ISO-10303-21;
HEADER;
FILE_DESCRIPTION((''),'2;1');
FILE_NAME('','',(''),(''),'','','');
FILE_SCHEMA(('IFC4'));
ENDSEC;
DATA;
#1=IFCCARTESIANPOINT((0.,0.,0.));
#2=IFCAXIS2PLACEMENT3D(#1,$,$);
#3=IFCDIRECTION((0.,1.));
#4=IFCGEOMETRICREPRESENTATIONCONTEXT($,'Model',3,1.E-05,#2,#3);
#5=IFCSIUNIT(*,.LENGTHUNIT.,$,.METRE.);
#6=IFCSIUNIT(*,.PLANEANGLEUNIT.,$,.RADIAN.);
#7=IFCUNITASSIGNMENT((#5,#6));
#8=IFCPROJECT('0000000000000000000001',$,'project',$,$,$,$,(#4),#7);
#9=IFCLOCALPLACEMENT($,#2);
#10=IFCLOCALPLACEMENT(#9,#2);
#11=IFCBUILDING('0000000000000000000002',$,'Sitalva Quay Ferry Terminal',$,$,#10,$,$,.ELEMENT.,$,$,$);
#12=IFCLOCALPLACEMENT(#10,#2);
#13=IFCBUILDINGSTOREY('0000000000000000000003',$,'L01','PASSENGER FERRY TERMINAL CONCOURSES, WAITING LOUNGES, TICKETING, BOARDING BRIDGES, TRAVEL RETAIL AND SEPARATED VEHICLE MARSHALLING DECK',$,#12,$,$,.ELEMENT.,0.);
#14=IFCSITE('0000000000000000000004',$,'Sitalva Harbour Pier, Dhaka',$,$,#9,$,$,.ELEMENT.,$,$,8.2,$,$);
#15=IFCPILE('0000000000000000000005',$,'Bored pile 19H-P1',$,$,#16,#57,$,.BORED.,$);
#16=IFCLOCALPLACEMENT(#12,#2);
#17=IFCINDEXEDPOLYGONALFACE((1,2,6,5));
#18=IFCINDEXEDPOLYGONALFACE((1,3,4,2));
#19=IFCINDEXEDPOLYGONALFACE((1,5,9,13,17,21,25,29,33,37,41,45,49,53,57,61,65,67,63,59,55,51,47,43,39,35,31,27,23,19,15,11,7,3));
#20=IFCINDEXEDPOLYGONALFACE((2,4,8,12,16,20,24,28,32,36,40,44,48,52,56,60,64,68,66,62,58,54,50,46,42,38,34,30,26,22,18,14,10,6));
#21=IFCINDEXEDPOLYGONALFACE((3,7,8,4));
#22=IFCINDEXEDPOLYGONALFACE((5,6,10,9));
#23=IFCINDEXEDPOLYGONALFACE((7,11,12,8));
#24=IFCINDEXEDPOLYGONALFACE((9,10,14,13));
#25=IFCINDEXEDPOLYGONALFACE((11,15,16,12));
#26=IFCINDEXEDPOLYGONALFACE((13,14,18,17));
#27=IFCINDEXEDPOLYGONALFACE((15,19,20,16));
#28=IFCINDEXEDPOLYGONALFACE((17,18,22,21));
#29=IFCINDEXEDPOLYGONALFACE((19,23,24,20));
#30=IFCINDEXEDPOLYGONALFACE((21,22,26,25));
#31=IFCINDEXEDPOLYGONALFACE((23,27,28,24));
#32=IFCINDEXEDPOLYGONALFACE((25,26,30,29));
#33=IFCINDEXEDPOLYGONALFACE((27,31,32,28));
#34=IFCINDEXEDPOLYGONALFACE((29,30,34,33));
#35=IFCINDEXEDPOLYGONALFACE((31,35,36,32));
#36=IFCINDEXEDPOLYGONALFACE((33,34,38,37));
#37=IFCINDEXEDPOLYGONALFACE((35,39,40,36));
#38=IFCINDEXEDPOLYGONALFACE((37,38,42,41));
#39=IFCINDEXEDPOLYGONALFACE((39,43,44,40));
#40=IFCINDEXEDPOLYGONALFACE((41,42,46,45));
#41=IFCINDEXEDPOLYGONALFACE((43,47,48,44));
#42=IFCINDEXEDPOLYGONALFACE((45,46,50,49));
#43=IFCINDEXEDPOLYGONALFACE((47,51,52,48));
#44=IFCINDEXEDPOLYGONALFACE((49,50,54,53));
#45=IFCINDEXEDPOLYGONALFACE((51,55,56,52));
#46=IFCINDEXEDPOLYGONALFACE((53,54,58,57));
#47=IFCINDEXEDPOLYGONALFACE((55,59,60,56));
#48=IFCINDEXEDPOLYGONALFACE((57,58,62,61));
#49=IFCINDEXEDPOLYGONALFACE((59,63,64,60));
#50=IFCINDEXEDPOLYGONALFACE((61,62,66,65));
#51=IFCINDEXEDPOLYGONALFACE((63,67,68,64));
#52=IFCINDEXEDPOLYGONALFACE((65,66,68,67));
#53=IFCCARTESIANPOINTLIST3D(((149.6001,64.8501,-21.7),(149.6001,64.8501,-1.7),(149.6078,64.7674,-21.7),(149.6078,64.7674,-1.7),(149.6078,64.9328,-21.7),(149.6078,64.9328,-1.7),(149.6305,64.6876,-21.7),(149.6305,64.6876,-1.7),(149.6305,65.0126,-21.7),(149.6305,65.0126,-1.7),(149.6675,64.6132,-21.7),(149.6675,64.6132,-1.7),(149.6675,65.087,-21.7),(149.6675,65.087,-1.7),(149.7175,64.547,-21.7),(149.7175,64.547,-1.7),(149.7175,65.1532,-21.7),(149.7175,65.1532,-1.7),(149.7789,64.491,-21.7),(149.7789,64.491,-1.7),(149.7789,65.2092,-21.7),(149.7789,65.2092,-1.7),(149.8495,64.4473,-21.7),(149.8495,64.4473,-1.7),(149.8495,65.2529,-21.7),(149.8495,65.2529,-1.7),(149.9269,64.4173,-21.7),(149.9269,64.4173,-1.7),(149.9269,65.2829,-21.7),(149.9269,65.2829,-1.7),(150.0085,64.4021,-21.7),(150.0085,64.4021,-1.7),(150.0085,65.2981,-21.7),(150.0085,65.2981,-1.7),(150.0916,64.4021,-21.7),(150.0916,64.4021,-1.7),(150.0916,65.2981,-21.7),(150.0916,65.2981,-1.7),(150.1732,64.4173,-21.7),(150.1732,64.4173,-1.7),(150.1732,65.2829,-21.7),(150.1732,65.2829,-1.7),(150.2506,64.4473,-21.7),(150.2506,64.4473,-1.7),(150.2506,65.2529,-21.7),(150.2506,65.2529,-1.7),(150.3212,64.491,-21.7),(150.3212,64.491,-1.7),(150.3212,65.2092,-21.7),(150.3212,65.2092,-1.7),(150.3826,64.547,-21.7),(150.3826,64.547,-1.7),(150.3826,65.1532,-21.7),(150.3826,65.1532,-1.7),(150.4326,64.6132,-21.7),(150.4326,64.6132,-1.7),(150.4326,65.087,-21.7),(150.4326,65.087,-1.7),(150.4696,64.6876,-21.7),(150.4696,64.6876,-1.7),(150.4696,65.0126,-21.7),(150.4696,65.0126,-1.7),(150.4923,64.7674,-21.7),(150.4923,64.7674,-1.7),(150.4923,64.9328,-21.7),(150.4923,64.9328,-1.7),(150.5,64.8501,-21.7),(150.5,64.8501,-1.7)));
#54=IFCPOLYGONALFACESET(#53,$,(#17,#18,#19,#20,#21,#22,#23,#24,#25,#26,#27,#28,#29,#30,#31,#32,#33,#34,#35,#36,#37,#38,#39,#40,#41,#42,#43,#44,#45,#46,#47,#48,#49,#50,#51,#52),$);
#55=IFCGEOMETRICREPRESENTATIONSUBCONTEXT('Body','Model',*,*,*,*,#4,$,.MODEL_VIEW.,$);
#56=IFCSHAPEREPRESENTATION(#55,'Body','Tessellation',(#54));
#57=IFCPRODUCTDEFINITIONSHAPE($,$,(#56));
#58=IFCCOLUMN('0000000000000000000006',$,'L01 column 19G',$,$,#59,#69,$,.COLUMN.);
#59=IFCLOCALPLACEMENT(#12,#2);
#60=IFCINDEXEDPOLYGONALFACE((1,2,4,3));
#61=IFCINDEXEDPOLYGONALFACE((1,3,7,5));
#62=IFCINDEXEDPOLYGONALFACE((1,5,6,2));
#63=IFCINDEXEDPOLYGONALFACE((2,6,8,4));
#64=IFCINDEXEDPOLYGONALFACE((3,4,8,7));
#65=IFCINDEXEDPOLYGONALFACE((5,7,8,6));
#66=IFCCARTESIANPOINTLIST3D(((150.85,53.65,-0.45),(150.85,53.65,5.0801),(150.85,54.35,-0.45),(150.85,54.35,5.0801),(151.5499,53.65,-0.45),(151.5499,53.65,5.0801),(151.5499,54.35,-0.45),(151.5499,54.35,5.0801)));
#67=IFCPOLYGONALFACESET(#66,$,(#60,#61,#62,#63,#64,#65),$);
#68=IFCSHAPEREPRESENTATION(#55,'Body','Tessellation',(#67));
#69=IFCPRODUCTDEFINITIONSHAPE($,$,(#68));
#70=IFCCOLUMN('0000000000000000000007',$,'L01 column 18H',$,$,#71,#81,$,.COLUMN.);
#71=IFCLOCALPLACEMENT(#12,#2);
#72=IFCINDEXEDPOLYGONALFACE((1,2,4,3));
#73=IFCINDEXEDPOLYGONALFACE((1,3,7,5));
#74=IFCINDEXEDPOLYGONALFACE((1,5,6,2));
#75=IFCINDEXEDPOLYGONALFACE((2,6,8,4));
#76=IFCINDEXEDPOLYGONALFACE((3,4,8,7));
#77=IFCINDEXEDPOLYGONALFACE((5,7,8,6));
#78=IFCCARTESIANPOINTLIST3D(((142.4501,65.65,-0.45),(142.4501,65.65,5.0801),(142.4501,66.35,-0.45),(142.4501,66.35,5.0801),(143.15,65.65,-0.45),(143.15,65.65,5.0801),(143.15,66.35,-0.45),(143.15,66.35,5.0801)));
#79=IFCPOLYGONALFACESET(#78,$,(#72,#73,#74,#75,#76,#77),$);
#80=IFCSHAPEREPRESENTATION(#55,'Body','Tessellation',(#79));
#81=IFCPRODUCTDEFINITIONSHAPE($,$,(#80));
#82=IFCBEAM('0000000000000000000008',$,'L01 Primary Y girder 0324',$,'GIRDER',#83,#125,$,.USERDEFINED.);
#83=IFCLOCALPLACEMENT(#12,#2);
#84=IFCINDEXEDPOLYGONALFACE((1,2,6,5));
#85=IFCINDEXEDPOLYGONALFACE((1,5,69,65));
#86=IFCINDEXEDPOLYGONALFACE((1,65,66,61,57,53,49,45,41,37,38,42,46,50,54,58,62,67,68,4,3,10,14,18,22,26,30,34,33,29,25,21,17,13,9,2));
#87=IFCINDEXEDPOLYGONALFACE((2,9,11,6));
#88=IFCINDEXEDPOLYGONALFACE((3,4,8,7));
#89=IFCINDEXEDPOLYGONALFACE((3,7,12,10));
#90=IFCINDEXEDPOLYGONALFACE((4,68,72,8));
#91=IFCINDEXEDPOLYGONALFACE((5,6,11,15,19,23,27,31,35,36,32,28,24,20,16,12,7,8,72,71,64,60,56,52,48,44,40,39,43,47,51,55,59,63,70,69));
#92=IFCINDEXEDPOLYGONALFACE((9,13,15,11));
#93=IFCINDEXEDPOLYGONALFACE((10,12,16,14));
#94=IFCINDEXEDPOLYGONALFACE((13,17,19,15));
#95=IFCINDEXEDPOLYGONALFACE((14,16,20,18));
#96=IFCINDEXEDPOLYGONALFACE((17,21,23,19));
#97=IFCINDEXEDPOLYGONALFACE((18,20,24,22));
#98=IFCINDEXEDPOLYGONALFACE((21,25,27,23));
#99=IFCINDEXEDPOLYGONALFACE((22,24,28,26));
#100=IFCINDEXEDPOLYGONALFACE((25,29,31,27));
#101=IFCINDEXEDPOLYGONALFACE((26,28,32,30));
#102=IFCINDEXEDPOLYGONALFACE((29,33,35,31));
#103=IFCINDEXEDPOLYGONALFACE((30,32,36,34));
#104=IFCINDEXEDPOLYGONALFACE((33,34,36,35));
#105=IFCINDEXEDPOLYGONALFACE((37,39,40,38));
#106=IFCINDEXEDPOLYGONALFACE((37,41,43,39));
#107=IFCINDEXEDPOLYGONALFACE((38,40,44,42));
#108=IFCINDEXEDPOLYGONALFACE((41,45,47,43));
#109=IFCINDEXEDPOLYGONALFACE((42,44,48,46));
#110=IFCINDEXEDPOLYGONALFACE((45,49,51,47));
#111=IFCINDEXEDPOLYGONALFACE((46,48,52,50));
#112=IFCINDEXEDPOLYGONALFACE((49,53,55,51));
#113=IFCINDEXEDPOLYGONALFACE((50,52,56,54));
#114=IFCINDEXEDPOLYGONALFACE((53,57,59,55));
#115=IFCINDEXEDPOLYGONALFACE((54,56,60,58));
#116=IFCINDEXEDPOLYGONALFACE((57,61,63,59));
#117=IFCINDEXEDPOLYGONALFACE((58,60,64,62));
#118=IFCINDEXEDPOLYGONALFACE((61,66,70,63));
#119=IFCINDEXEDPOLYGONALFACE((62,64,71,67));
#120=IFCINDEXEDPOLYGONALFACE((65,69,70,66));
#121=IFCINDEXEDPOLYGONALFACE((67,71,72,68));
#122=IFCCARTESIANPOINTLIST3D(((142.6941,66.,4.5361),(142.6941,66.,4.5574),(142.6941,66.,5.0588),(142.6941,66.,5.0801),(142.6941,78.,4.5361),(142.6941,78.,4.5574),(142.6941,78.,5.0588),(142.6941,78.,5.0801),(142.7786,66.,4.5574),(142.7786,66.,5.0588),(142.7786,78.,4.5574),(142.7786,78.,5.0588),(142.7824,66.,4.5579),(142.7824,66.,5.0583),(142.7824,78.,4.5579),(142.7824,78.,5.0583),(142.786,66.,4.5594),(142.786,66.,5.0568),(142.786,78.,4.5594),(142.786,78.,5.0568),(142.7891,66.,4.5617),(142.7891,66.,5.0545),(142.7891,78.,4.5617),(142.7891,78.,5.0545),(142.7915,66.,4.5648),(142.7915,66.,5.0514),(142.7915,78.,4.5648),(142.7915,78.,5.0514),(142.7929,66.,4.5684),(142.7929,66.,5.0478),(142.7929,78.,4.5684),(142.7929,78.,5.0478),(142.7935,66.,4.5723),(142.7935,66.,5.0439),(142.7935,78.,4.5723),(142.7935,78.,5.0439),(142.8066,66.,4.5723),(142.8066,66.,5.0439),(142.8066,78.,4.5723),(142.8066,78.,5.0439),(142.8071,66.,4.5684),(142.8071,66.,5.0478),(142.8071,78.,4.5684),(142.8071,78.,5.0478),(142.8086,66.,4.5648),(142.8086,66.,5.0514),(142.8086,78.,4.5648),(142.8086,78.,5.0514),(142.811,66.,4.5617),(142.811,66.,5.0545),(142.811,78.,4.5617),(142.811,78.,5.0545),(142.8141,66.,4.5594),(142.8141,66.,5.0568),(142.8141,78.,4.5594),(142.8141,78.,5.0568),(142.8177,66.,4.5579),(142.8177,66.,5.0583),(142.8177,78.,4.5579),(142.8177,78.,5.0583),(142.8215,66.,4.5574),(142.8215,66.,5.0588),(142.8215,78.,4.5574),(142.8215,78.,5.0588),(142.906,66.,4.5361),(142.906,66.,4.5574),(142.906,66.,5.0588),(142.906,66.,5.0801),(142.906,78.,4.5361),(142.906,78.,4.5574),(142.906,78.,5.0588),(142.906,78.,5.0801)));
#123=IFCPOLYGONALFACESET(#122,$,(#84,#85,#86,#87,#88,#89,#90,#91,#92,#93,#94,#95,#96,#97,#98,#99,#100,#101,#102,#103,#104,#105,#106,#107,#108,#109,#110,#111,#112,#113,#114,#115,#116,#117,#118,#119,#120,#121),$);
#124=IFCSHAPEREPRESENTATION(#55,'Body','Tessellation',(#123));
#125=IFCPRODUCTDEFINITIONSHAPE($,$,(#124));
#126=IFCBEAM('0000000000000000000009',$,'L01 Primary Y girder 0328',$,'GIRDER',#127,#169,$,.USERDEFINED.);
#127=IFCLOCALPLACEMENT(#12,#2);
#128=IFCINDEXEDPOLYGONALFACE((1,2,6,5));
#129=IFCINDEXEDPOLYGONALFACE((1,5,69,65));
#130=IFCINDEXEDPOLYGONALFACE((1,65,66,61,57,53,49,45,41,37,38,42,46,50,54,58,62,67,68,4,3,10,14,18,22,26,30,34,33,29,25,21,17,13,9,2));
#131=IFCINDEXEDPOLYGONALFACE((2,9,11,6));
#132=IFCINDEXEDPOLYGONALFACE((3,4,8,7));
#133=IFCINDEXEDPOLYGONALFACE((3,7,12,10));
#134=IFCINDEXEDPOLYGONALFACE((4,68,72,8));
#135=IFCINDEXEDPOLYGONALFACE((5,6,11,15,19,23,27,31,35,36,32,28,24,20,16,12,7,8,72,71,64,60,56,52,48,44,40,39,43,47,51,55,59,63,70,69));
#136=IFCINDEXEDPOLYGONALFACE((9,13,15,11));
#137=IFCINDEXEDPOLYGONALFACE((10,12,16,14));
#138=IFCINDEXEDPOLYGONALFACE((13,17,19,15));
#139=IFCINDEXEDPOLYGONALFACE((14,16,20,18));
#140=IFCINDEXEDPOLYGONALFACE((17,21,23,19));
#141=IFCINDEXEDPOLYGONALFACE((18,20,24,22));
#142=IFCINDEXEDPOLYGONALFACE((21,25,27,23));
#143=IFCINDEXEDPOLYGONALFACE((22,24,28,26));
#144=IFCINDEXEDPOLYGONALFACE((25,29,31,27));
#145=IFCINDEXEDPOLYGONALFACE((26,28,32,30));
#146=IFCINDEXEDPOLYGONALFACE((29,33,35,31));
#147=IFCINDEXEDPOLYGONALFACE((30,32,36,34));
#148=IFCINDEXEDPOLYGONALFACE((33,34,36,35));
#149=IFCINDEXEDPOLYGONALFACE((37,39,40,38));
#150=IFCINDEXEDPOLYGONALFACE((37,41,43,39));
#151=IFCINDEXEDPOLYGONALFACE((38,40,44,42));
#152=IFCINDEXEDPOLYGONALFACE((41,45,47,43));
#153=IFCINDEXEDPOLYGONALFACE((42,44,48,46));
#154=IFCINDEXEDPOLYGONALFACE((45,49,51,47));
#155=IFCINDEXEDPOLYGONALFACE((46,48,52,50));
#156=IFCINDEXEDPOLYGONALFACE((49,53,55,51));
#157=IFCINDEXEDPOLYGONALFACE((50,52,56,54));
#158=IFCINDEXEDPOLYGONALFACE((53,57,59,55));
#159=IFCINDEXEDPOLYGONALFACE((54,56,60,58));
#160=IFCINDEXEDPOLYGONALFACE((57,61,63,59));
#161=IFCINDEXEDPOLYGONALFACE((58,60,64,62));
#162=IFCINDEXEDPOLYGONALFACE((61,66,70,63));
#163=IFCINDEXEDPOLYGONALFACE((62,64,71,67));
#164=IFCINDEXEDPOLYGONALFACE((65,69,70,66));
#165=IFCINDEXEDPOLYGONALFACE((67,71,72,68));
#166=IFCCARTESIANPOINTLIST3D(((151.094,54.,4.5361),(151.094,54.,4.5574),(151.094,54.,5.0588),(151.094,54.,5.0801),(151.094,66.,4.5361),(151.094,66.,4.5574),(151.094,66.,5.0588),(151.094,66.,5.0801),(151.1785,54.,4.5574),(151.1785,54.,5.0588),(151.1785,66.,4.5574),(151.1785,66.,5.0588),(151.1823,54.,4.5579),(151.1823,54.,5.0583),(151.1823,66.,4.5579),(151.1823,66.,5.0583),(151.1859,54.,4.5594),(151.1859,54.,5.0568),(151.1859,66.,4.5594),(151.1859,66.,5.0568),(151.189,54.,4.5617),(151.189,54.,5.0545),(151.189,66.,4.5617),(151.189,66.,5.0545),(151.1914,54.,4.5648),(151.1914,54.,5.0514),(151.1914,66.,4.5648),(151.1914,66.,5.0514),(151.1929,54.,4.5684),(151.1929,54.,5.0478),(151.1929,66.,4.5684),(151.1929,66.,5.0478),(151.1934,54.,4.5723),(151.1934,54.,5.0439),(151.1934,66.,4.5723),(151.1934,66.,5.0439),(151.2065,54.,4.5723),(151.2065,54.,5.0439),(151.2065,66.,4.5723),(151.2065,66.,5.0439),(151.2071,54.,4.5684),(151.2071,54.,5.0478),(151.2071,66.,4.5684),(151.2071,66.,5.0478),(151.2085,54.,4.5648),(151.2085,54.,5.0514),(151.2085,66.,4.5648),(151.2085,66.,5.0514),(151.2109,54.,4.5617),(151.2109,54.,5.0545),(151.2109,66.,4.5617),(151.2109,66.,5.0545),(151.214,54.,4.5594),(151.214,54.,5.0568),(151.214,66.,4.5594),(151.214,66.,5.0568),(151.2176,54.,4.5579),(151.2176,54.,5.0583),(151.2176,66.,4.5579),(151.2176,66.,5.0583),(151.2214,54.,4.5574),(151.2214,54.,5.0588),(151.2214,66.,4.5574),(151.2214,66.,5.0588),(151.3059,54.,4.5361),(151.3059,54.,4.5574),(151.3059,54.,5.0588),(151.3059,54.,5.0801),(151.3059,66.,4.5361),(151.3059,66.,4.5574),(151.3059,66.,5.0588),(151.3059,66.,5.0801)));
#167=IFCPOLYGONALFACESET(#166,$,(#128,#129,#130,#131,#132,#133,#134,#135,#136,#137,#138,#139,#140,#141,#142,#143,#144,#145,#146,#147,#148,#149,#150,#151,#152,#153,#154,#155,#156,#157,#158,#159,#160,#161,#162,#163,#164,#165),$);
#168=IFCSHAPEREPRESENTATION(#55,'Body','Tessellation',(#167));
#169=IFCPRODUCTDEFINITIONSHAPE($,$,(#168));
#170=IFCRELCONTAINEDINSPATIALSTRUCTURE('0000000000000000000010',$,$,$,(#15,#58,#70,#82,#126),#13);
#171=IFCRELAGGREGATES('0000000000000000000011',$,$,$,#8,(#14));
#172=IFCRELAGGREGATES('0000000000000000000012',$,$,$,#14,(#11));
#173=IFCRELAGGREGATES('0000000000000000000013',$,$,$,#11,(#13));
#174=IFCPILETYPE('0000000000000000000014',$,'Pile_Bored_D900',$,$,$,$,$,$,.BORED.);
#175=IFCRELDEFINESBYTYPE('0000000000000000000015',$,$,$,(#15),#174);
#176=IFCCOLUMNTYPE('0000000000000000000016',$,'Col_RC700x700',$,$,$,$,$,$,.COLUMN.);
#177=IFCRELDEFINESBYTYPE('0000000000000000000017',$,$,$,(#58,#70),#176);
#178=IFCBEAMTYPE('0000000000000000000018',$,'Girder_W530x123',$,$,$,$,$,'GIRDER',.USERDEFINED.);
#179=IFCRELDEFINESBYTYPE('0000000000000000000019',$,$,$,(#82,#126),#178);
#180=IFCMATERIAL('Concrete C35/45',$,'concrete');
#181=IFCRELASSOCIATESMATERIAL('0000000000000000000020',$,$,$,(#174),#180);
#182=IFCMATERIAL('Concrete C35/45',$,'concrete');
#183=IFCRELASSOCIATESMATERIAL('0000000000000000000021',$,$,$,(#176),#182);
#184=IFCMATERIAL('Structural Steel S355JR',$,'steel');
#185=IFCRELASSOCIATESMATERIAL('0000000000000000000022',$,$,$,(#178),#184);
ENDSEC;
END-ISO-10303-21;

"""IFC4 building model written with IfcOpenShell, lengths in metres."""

from ifc_helpers import new_model, si_unit, direction, frame, origin, origin_2d, place, context, subcontext, project, spatial, rectangle, circle, i_section, extrude, material, material_profile, profile_set, type_object, element, save


model = new_model("IFC4")

# Units and contexts
model_context = context("Model", 3, precision=1e-05, world=origin(), true_north=direction((0.0, 1.0)))
body_context = subcontext(model_context, "Body", "Model", "MODEL_VIEW")
ifc_project = project(units=[si_unit("LENGTHUNIT", "METRE"), si_unit("PLANEANGLEUNIT", "RADIAN")], contexts=[model_context])

# Site, building, storey
site_placement = place(None, origin())
site = spatial("IfcSite", under=ifc_project, at=site_placement, Name="Sitalva Harbour Pier, Dhaka", CompositionType="ELEMENT", RefElevation=8.2)
building_placement = place(site_placement, origin())
building = spatial("IfcBuilding", under=site, at=building_placement, Name="Sitalva Quay Ferry Terminal", CompositionType="ELEMENT")
storey_placement = place(building_placement, origin())
storey = spatial("IfcBuildingStorey", under=building, at=storey_placement, Name="L01", Description="PASSENGER FERRY TERMINAL CONCOURSES, WAITING LOUNGES, TICKETING, BOARDING BRIDGES, TRAVEL RETAIL AND SEPARATED VEHICLE MARSHALLING DECK", CompositionType="ELEMENT", Elevation=0.0)

# Pile
ifc_material_1 = material(Name="Concrete C35/45", Category="concrete")
ifc_material_profile_1 = material_profile(ifc_material_1, circle(Radius=0.45, at=origin_2d()), Name="PILE-D900")
ifc_profile_set_1 = profile_set([ifc_material_profile_1], Name="Concrete C35/45")
pile_type = type_object("IfcPileType", Name="Pile_Bored_D900", PredefinedType="BORED", material=ifc_profile_set_1)
for number, where, z_axis, x_axis, name in (
    (1, (150.05, 64.8501, -1.7), (0.0, 0.0, -1.0), (1.0, 0.0, 0.0), "Bored pile 19H-P1"),
):
    element("IfcPile", number, at=place(storey_placement, frame(where, z_axis=z_axis, x_axis=x_axis)), inside=storey, type_object=pile_type, Name=name, PredefinedType="BORED", context=body_context, shape_type="SweptSolid", body=[
        extrude(circle(Radius=0.45, at=origin_2d()), origin(), (0.0, 0.0, 1.0), 20.0),
    ])

# Columns
ifc_material_2 = material(Name="Concrete C35/45", Category="concrete")
ifc_material_profile_2 = material_profile(ifc_material_2, rectangle(XDim=0.7, YDim=0.7, at=origin_2d()), Name="RC700x700")
ifc_profile_set_2 = profile_set([ifc_material_profile_2], Name="Concrete C35/45")
column_type = type_object("IfcColumnType", Name="Col_RC700x700", PredefinedType="COLUMN", material=ifc_profile_set_2)
for number, where, z_axis, x_axis, name in (
    (2, (151.2, 54.0, -0.45), (0.0, 0.0, 1.0), (1.0, 0.0, 0.0), "L01 column 19G"),
    (3, (142.8, 66.0, -0.45), (0.0, 0.0, 1.0), (1.0, 0.0, 0.0), "L01 column 18H"),
):
    element("IfcColumn", number, at=place(storey_placement, frame(where, z_axis=z_axis, x_axis=x_axis)), inside=storey, type_object=column_type, Name=name, PredefinedType="COLUMN", context=body_context, shape_type="SweptSolid", body=[
        extrude(rectangle(XDim=0.7, YDim=0.7, at=origin_2d()), origin(), (0.0, 0.0, 1.0), 5.53),
    ])

# Beams
ifc_material_3 = material(Name="Structural Steel S355JR", Category="steel")
ifc_material_profile_3 = material_profile(ifc_material_3, i_section(OverallWidth=0.2119, OverallDepth=0.5439, WebThickness=0.0132, FlangeThickness=0.0212, FilletRadius=0.0149, at=origin_2d()), Name="W530x123")
ifc_profile_set_3 = profile_set([ifc_material_profile_3], Name="Structural Steel S355JR")
beam_type_1 = type_object("IfcBeamType", Name="Girder_W530x123", ElementType="GIRDER", PredefinedType="USERDEFINED", material=ifc_profile_set_3)
for number, where, z_axis, x_axis, name in (
    (4, (142.8, 66.0, 4.8081), (0.0, 1.0, 0.0), (-1.0, 0.0, 0.0), "L01 Primary Y girder 0324"),
    (5, (151.2, 54.0, 4.8081), (0.0, 1.0, 0.0), (-1.0, 0.0, 0.0), "L01 Primary Y girder 0328"),
):
    element("IfcBeam", number, at=place(storey_placement, frame(where, z_axis=z_axis, x_axis=x_axis)), inside=storey, type_object=beam_type_1, Name=name, ObjectType="GIRDER", PredefinedType="USERDEFINED", context=body_context, shape_type="SweptSolid", body=[
        extrude(i_section(OverallWidth=0.2119, OverallDepth=0.5439, WebThickness=0.0132, FlangeThickness=0.0212, FilletRadius=0.0149, at=origin_2d()), origin(), (0.0, 0.0, 1.0), 12.0),
    ])

save(model, "model.ifc")
